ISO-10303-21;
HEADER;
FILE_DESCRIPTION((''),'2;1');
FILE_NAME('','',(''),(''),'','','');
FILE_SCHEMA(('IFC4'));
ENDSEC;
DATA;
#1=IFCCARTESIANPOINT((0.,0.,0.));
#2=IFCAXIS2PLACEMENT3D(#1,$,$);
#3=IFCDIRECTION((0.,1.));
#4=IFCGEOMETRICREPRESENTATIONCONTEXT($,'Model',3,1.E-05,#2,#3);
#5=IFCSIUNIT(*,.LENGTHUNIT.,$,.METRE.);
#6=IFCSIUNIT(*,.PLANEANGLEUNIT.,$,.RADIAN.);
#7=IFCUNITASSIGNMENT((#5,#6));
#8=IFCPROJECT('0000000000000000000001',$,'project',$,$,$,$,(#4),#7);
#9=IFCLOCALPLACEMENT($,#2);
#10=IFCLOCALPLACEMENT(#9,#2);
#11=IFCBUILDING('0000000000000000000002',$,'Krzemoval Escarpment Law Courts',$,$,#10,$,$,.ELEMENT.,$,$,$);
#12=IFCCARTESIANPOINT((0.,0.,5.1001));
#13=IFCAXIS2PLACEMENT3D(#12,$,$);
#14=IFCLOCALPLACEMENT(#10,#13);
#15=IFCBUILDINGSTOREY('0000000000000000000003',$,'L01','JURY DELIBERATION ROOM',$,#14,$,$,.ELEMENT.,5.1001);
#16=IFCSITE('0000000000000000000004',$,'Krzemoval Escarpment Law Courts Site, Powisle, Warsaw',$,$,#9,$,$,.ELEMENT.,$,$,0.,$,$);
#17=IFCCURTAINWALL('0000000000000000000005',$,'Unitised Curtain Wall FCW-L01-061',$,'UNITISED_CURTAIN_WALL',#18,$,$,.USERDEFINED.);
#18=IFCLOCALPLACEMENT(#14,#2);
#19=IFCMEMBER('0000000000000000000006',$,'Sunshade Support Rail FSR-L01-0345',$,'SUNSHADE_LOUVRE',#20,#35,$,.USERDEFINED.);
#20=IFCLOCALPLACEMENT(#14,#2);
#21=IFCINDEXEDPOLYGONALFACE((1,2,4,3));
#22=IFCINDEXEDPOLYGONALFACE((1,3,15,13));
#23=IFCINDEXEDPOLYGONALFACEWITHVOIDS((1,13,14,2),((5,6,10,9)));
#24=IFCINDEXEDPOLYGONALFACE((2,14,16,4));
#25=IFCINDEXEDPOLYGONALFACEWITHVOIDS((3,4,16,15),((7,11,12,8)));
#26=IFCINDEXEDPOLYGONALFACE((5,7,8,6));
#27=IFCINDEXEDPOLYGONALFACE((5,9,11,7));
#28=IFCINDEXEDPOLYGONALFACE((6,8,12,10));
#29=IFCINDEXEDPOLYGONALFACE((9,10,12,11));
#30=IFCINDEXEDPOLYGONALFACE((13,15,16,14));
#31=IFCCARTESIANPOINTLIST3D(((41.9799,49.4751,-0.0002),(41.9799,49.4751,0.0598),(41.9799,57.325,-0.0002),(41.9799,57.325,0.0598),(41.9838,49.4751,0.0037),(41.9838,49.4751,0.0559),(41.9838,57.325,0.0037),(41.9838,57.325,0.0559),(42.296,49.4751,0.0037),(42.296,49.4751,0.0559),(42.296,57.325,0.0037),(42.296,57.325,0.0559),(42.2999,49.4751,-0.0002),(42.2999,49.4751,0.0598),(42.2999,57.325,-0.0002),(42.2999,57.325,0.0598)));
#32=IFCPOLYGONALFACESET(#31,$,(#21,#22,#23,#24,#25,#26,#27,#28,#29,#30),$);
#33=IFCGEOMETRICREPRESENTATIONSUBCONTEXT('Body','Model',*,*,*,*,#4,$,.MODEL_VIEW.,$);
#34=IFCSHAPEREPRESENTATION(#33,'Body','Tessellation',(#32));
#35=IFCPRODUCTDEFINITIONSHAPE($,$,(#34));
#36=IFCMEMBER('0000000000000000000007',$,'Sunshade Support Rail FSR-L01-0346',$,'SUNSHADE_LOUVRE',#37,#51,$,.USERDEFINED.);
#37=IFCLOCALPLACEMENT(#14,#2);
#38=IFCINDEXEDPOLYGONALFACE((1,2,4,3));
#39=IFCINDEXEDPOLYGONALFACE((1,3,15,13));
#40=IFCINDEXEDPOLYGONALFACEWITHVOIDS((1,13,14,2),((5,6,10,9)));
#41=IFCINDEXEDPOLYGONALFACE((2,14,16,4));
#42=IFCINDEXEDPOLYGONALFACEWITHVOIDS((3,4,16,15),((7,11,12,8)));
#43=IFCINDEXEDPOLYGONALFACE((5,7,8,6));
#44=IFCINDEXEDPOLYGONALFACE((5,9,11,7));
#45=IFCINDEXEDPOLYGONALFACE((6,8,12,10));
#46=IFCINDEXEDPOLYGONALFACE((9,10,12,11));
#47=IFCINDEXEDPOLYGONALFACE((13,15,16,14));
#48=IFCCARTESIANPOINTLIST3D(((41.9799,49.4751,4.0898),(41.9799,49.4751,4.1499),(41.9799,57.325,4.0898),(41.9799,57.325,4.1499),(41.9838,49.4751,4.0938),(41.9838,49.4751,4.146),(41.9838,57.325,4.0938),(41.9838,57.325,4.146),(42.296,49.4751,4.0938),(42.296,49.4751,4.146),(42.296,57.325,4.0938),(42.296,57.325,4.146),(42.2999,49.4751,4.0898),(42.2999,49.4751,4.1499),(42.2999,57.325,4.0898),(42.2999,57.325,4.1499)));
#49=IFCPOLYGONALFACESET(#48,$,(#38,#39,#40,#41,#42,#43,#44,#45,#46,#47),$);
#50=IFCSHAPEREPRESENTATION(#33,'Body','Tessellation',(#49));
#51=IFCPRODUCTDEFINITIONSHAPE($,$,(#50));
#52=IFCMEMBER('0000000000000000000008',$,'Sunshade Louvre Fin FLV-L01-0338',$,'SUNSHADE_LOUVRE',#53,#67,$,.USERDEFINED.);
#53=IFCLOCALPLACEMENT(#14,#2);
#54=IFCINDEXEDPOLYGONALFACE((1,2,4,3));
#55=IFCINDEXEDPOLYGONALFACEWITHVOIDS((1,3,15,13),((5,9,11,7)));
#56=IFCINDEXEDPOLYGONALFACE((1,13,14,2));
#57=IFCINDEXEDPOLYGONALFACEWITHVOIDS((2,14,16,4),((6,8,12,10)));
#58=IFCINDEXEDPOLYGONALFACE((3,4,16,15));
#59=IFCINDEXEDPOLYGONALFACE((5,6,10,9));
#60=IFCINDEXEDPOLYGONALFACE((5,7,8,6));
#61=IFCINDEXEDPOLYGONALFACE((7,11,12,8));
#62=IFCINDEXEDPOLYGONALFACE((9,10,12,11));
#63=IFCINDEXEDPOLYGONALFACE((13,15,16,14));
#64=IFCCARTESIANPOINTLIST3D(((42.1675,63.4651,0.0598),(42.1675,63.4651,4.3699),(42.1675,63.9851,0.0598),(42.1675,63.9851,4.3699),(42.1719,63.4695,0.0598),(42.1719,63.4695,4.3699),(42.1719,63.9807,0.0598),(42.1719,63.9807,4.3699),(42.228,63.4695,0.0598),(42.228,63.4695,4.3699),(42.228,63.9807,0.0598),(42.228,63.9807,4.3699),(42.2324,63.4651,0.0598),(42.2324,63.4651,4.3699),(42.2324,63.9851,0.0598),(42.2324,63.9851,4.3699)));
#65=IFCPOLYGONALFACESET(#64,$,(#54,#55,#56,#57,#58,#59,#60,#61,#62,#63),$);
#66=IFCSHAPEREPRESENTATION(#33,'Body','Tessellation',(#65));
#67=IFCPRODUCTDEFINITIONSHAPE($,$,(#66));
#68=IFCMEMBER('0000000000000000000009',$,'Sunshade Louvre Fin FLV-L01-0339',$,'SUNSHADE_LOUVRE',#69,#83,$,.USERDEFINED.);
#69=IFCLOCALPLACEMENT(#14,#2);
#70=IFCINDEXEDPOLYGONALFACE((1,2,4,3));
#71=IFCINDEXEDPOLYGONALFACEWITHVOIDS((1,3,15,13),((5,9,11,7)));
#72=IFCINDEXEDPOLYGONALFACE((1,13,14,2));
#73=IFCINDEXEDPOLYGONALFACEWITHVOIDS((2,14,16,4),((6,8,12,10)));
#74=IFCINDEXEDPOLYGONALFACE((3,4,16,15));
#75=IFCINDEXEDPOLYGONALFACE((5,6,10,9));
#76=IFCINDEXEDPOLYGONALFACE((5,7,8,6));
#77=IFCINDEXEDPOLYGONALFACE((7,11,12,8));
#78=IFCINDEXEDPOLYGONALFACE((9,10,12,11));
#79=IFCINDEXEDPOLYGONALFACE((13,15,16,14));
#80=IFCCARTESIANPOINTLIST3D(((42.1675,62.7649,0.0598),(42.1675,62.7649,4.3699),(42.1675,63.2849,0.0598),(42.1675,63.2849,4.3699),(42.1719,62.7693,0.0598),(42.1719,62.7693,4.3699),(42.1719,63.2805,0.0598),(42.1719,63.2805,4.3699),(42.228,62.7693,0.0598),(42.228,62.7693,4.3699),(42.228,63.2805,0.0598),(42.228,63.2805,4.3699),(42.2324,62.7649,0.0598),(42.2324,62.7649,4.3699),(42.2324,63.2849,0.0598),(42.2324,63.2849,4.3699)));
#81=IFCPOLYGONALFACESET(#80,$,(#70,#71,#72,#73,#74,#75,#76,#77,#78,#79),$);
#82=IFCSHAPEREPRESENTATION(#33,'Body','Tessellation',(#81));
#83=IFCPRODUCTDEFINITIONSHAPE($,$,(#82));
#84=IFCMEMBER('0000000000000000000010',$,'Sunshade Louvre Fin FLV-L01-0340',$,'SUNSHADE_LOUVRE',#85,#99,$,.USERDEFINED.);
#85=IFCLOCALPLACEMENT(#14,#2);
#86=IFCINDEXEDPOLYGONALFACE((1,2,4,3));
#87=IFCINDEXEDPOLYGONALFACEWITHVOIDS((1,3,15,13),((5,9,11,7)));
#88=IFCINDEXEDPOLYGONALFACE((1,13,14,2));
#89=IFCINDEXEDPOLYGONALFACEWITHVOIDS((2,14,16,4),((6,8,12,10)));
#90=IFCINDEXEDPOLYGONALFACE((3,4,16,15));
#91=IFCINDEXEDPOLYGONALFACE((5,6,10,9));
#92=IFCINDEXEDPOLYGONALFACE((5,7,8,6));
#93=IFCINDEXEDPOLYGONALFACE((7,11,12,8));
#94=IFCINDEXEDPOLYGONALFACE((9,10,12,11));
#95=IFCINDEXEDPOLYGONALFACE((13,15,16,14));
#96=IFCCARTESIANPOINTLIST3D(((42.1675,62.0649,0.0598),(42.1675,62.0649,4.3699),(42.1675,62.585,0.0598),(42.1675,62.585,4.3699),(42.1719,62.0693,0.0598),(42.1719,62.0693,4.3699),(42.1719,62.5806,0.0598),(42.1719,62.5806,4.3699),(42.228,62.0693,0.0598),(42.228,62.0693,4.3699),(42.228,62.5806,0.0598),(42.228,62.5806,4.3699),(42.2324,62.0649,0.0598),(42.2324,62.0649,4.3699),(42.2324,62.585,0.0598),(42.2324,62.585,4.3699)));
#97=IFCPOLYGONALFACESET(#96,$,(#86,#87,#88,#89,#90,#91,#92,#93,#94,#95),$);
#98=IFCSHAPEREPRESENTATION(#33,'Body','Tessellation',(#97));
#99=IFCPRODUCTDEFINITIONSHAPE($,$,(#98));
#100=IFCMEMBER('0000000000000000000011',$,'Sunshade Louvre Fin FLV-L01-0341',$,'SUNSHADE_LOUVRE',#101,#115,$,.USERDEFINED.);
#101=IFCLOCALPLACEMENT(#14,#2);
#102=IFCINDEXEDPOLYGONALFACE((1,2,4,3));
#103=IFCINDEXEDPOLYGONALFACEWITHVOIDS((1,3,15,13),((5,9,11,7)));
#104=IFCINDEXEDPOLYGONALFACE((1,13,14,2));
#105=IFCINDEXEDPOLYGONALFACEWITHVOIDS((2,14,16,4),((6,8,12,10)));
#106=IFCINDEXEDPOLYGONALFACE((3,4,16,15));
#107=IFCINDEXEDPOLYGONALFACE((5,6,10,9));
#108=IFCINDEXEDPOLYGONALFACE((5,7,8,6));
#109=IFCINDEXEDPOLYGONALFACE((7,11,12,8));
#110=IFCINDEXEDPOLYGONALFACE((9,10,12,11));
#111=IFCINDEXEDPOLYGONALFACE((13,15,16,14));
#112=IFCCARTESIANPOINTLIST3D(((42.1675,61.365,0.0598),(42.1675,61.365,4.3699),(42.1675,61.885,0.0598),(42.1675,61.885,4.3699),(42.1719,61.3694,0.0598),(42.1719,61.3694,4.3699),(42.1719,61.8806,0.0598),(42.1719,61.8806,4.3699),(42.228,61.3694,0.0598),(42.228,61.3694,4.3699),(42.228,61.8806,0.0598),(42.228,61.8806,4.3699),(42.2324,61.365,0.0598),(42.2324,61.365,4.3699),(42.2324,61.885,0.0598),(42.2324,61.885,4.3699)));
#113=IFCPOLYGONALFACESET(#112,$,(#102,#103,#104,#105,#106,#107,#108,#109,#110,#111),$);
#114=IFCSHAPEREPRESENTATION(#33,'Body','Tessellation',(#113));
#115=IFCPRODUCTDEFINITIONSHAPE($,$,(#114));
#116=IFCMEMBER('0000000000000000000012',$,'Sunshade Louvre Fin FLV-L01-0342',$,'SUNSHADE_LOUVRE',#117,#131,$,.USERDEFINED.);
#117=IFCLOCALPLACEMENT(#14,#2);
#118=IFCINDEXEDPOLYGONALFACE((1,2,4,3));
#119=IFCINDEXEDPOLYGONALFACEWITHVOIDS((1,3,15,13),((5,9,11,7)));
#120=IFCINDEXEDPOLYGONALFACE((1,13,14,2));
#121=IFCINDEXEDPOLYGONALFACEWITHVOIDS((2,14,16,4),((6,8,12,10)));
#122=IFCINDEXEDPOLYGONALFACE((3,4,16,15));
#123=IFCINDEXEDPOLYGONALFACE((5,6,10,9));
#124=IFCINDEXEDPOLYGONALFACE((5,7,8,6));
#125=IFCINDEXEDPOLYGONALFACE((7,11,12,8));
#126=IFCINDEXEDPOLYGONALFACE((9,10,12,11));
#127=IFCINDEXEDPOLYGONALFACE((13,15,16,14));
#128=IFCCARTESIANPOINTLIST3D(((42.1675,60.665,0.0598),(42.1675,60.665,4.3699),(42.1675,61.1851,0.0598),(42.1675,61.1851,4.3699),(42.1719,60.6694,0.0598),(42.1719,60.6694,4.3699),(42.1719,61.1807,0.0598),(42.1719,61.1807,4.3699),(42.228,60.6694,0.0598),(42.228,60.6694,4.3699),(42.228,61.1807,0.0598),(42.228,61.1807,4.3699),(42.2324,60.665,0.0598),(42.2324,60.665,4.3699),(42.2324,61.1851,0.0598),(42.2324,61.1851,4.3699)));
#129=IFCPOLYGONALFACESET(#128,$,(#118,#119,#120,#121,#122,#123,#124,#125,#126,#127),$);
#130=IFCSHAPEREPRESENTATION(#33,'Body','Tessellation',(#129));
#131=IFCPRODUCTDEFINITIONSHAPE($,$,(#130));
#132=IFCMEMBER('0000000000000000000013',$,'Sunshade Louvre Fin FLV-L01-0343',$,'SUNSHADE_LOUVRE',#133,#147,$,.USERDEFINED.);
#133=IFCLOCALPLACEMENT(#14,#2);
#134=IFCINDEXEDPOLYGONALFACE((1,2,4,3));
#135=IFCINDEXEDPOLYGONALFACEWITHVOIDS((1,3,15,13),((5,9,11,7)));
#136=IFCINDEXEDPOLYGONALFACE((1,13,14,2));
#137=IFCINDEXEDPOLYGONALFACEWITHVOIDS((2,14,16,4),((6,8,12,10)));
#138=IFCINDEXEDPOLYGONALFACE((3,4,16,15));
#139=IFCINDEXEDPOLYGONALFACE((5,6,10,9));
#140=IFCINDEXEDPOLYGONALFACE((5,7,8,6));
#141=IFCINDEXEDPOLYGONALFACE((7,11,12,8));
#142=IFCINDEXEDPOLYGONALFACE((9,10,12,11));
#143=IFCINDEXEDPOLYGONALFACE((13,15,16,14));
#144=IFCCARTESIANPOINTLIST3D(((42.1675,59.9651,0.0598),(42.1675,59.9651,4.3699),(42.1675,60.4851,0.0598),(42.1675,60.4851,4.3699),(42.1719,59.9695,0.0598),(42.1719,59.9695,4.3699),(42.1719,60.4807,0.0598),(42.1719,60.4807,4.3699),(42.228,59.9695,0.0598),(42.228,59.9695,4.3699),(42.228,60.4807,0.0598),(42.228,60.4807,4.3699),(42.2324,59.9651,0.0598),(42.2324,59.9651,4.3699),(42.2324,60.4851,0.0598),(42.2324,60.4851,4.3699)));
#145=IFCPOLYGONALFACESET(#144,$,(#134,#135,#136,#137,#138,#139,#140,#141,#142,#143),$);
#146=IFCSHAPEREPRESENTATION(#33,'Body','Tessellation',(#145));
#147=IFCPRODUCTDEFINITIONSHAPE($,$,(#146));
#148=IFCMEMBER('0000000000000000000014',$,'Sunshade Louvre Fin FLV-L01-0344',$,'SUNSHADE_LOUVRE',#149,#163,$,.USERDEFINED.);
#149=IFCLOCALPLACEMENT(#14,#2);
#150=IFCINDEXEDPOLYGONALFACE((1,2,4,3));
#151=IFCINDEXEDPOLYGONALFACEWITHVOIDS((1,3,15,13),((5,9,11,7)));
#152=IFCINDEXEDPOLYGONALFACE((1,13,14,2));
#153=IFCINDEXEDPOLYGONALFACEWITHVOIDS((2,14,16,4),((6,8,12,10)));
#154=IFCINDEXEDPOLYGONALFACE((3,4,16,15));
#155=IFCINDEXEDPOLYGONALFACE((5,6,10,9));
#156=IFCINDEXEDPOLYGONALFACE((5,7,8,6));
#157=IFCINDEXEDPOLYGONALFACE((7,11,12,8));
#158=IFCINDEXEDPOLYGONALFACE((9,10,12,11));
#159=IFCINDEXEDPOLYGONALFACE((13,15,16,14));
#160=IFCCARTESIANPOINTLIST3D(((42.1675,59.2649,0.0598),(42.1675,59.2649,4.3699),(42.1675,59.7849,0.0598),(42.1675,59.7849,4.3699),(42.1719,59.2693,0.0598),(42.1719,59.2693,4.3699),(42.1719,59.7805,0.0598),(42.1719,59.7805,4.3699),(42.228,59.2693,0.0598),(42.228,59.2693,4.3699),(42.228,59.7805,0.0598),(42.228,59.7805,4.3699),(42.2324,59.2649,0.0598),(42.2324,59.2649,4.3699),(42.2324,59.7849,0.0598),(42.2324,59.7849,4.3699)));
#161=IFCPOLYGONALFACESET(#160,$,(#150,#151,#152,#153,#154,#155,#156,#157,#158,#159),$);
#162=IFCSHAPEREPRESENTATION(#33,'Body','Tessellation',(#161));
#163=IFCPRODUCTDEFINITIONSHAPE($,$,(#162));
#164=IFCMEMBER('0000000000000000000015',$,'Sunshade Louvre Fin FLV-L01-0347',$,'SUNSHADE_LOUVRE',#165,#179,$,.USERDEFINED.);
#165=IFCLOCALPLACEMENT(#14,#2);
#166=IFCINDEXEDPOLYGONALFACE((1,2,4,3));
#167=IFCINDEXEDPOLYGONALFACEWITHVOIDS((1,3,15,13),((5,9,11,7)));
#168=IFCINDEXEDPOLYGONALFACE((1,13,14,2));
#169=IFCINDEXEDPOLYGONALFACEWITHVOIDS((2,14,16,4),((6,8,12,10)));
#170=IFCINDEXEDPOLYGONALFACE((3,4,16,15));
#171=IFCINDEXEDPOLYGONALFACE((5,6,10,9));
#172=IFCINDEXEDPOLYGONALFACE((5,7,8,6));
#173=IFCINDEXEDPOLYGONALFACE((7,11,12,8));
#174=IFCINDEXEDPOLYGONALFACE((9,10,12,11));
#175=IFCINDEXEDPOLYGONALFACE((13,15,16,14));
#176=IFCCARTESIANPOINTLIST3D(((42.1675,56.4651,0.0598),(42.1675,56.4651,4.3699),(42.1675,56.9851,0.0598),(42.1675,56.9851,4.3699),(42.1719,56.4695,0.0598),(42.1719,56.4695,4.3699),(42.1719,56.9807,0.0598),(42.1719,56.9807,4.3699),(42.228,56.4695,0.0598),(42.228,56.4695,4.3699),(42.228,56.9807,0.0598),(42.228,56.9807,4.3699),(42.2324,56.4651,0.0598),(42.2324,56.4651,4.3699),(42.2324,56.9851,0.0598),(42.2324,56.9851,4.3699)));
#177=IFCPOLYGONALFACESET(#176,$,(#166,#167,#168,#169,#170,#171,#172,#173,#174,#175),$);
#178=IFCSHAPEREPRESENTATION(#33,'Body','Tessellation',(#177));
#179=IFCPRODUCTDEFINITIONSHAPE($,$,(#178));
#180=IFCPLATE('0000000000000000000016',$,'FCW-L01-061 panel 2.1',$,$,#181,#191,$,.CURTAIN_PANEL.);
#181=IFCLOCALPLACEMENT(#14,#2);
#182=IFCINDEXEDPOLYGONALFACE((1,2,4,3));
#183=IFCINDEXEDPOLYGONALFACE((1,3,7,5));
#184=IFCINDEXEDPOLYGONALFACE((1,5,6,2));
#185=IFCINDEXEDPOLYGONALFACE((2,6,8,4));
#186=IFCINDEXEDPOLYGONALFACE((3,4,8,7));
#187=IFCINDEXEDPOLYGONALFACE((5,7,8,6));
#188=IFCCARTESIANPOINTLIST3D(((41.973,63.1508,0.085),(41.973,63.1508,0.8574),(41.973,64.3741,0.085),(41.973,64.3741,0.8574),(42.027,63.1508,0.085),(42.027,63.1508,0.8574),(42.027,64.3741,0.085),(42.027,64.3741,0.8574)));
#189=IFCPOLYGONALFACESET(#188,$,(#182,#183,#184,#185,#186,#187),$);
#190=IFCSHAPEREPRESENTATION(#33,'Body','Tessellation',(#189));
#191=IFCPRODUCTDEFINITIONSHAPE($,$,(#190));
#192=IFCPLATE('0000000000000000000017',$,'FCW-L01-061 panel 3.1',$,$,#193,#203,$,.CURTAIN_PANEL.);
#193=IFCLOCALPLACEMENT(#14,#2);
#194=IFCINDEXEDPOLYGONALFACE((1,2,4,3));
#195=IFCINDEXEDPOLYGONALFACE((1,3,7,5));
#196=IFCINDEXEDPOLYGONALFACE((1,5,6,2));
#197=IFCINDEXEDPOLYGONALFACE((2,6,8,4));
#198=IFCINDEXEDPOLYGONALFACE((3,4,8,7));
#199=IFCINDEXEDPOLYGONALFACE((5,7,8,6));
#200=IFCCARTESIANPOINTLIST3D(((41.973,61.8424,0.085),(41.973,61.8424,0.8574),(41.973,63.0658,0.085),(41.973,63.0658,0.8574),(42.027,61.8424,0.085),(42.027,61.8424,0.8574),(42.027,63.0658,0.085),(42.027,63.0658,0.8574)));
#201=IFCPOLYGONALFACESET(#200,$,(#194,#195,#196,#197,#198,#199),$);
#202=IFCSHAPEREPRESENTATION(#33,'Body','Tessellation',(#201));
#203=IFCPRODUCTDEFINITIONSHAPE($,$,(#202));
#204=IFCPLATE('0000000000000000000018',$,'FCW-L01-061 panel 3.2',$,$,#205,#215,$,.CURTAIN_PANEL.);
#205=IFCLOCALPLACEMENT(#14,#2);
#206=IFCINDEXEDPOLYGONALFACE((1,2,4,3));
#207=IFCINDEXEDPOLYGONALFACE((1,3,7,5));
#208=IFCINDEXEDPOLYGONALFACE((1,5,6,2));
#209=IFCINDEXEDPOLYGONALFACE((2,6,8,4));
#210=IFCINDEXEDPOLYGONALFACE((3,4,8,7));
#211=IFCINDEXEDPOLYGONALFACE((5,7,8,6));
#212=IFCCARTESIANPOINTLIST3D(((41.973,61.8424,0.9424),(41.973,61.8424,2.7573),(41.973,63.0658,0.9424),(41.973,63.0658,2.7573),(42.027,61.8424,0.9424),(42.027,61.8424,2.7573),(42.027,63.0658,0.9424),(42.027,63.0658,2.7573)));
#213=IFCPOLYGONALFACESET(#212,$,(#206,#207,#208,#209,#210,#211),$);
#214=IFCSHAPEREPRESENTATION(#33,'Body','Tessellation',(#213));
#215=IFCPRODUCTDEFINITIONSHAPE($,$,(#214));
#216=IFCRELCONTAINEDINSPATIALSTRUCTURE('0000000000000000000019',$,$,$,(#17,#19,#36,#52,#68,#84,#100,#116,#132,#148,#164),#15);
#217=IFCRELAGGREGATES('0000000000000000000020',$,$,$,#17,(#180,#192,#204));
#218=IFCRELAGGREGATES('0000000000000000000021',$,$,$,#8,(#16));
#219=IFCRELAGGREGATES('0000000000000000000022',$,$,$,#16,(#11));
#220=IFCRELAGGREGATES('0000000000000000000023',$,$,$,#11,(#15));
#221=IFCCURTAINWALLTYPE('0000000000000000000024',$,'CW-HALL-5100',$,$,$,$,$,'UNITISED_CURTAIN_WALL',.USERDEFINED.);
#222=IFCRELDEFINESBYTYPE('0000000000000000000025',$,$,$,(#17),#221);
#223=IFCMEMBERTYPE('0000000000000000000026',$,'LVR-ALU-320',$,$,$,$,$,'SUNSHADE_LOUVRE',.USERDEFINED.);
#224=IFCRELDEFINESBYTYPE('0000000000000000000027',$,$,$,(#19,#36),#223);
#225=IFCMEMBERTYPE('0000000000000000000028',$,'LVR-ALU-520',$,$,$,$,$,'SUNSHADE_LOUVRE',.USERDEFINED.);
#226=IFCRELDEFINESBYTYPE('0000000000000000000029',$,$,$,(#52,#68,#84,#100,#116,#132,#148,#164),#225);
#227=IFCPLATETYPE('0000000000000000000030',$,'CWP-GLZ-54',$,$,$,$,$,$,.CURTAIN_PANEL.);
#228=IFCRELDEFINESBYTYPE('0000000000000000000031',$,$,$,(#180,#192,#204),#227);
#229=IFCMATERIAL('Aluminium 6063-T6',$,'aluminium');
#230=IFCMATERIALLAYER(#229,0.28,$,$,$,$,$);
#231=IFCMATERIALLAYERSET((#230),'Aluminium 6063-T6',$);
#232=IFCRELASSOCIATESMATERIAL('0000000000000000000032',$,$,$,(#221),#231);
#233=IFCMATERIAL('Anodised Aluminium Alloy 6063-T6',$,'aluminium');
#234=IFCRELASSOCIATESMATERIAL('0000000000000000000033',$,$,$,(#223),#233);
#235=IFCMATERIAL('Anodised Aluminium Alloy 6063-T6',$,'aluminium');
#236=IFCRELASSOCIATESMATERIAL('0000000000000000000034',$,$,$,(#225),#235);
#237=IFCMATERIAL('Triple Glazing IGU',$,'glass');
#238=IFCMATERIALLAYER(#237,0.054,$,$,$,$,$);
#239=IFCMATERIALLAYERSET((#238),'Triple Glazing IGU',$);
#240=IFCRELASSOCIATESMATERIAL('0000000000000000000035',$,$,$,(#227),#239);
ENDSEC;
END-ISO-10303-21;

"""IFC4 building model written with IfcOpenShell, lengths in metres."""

from ifc_helpers import new_model, si_unit, direction, frame, origin, origin_2d, place, context, subcontext, project, spatial, rectangle, hollow_rectangle, extrude, material, layer, layer_set, material_profile, profile_set, type_object, element, aggregate, save


model = new_model("IFC4")

# Units and contexts
model_context = context("Model", 3, precision=1e-05, world=origin(), true_north=direction((0.0, 1.0)))
body_context = subcontext(model_context, "Body", "Model", "MODEL_VIEW")
ifc_project = project(units=[si_unit("LENGTHUNIT", "METRE"), si_unit("PLANEANGLEUNIT", "RADIAN")], contexts=[model_context])

# Site, building, storey
site_placement = place(None, origin())
site = spatial("IfcSite", under=ifc_project, at=site_placement, Name="Krzemoval Escarpment Law Courts Site, Powisle, Warsaw", CompositionType="ELEMENT", RefElevation=0.0)
building_placement = place(site_placement, origin())
building = spatial("IfcBuilding", under=site, at=building_placement, Name="Krzemoval Escarpment Law Courts", CompositionType="ELEMENT")
storey_placement = place(building_placement, frame((0.0, 0.0, 5.1001)))
storey = spatial("IfcBuildingStorey", under=building, at=storey_placement, Name="L01", Description="JURY DELIBERATION ROOM", CompositionType="ELEMENT", Elevation=5.1001)

# Curtain wall
ifc_material_1 = material(Name="Aluminium 6063-T6", Category="aluminium")
ifc_layer_1 = layer(ifc_material_1, 0.28)
ifc_layer_set_1 = layer_set([ifc_layer_1], Name="Aluminium 6063-T6")
curtain_wall_type = type_object("IfcCurtainWallType", Name="CW-HALL-5100", ElementType="UNITISED_CURTAIN_WALL", PredefinedType="USERDEFINED", material=ifc_layer_set_1)
curtain_wall_placement = place(storey_placement, origin())
curtain_wall = element("IfcCurtainWall", 1, at=curtain_wall_placement, inside=storey, type_object=curtain_wall_type, Name="Unitised Curtain Wall FCW-L01-061", ObjectType="UNITISED_CURTAIN_WALL", PredefinedType="USERDEFINED")

# Members
ifc_material_2 = material(Name="Anodised Aluminium Alloy 6063-T6", Category="aluminium")
ifc_material_profile_1 = material_profile(ifc_material_2, hollow_rectangle(XDim=0.0601, YDim=0.3201, WallThickness=0.0039, at=origin_2d()), Name="ALU LVR 60x320")
ifc_profile_set_1 = profile_set([ifc_material_profile_1], Name="Anodised Aluminium Alloy 6063-T6")
member_type_1 = type_object("IfcMemberType", Name="LVR-ALU-320", ElementType="SUNSHADE_LOUVRE", PredefinedType="USERDEFINED", material=ifc_profile_set_1)
for number, where, z_axis, x_axis, name in (
    (2, (42.1399, 57.325, 0.0298), (0.0, -1.0, 0.0), (0.0, 0.0, 1.0), "Sunshade Support Rail FSR-L01-0345"),
    (3, (42.1399, 57.325, 4.1199), (0.0, -1.0, 0.0), (0.0, 0.0, 1.0), "Sunshade Support Rail FSR-L01-0346"),
):
    element("IfcMember", number, at=place(storey_placement, frame(where, z_axis=z_axis, x_axis=x_axis)), inside=storey, type_object=member_type_1, Name=name, ObjectType="SUNSHADE_LOUVRE", PredefinedType="USERDEFINED", context=body_context, shape_type="SweptSolid", body=[
        extrude(hollow_rectangle(XDim=0.0601, YDim=0.3201, WallThickness=0.0039, at=origin_2d()), origin(), (0.0, 0.0, 1.0), 7.8499),
    ])
ifc_material_3 = material(Name="Anodised Aluminium Alloy 6063-T6", Category="aluminium")
ifc_material_profile_2 = material_profile(ifc_material_3, hollow_rectangle(XDim=0.0649, YDim=0.52, WallThickness=0.0044, at=origin_2d()), Name="ALU LVR 65x520")
ifc_profile_set_2 = profile_set([ifc_material_profile_2], Name="Anodised Aluminium Alloy 6063-T6")
member_type_2 = type_object("IfcMemberType", Name="LVR-ALU-520", ElementType="SUNSHADE_LOUVRE", PredefinedType="USERDEFINED", material=ifc_profile_set_2)
for number, where, z_axis, x_axis, name in (
    (4, (42.2, 63.7251, 0.0598), (0.0, 0.0, 1.0), (1.0, 0.0, 0.0), "Sunshade Louvre Fin FLV-L01-0338"),
    (5, (42.2, 63.0249, 0.0598), (0.0, 0.0, 1.0), (1.0, 0.0, 0.0), "Sunshade Louvre Fin FLV-L01-0339"),
    (6, (42.2, 62.325, 0.0598), (0.0, 0.0, 1.0), (1.0, 0.0, 0.0), "Sunshade Louvre Fin FLV-L01-0340"),
    (7, (42.2, 61.625, 0.0598), (0.0, 0.0, 1.0), (1.0, 0.0, 0.0), "Sunshade Louvre Fin FLV-L01-0341"),
    (8, (42.2, 60.925, 0.0598), (0.0, 0.0, 1.0), (1.0, 0.0, 0.0), "Sunshade Louvre Fin FLV-L01-0342"),
    (9, (42.2, 60.2251, 0.0598), (0.0, 0.0, 1.0), (1.0, 0.0, 0.0), "Sunshade Louvre Fin FLV-L01-0343"),
    (10, (42.2, 59.5249, 0.0598), (0.0, 0.0, 1.0), (1.0, 0.0, 0.0), "Sunshade Louvre Fin FLV-L01-0344"),
    (11, (42.2, 56.7251, 0.0598), (0.0, 0.0, 1.0), (1.0, 0.0, 0.0), "Sunshade Louvre Fin FLV-L01-0347"),
):
    element("IfcMember", number, at=place(storey_placement, frame(where, z_axis=z_axis, x_axis=x_axis)), inside=storey, type_object=member_type_2, Name=name, ObjectType="SUNSHADE_LOUVRE", PredefinedType="USERDEFINED", context=body_context, shape_type="SweptSolid", body=[
        extrude(hollow_rectangle(XDim=0.0649, YDim=0.52, WallThickness=0.0044, at=origin_2d()), origin(), (0.0, 0.0, 1.0), 4.3101),
    ])

# Plates
ifc_material_4 = material(Name="Triple Glazing IGU", Category="glass")
ifc_layer_2 = layer(ifc_material_4, 0.054)
ifc_layer_set_2 = layer_set([ifc_layer_2], Name="Triple Glazing IGU")
plate_type = type_object("IfcPlateType", Name="CWP-GLZ-54", PredefinedType="CURTAIN_PANEL", material=ifc_layer_set_2)
plate_1_placement = place(storey_placement, frame((42.0, 63.7625, 0.085), z_axis=(0.0, 0.0, 1.0), x_axis=(0.0, -1.0, 0.0)))
plate_1 = element("IfcPlate", 12, at=plate_1_placement, type_object=plate_type, Name="FCW-L01-061 panel 2.1", PredefinedType="CURTAIN_PANEL", context=body_context, shape_type="SweptSolid", body=[
    extrude(rectangle(XDim=1.2234, YDim=0.054, at=origin_2d()), origin(), (0.0, 0.0, 1.0), 0.7725),
])
plate_2_placement = place(storey_placement, frame((42.0, 62.4541, 0.085), z_axis=(0.0, 0.0, 1.0), x_axis=(0.0, -1.0, 0.0)))
plate_2 = element("IfcPlate", 13, at=plate_2_placement, type_object=plate_type, Name="FCW-L01-061 panel 3.1", PredefinedType="CURTAIN_PANEL", context=body_context, shape_type="SweptSolid", body=[
    extrude(rectangle(XDim=1.2234, YDim=0.054, at=origin_2d()), origin(), (0.0, 0.0, 1.0), 0.7725),
])
plate_3_placement = place(storey_placement, frame((42.0, 62.4541, 0.9424), z_axis=(0.0, 0.0, 1.0), x_axis=(0.0, -1.0, 0.0)))
plate_3 = element("IfcPlate", 14, at=plate_3_placement, type_object=plate_type, Name="FCW-L01-061 panel 3.2", PredefinedType="CURTAIN_PANEL", context=body_context, shape_type="SweptSolid", body=[
    extrude(rectangle(XDim=1.2234, YDim=0.054, at=origin_2d()), origin(), (0.0, 0.0, 1.0), 1.8149),
])
aggregate(curtain_wall, [plate_1, plate_2, plate_3])

save(model, "model.ifc")
